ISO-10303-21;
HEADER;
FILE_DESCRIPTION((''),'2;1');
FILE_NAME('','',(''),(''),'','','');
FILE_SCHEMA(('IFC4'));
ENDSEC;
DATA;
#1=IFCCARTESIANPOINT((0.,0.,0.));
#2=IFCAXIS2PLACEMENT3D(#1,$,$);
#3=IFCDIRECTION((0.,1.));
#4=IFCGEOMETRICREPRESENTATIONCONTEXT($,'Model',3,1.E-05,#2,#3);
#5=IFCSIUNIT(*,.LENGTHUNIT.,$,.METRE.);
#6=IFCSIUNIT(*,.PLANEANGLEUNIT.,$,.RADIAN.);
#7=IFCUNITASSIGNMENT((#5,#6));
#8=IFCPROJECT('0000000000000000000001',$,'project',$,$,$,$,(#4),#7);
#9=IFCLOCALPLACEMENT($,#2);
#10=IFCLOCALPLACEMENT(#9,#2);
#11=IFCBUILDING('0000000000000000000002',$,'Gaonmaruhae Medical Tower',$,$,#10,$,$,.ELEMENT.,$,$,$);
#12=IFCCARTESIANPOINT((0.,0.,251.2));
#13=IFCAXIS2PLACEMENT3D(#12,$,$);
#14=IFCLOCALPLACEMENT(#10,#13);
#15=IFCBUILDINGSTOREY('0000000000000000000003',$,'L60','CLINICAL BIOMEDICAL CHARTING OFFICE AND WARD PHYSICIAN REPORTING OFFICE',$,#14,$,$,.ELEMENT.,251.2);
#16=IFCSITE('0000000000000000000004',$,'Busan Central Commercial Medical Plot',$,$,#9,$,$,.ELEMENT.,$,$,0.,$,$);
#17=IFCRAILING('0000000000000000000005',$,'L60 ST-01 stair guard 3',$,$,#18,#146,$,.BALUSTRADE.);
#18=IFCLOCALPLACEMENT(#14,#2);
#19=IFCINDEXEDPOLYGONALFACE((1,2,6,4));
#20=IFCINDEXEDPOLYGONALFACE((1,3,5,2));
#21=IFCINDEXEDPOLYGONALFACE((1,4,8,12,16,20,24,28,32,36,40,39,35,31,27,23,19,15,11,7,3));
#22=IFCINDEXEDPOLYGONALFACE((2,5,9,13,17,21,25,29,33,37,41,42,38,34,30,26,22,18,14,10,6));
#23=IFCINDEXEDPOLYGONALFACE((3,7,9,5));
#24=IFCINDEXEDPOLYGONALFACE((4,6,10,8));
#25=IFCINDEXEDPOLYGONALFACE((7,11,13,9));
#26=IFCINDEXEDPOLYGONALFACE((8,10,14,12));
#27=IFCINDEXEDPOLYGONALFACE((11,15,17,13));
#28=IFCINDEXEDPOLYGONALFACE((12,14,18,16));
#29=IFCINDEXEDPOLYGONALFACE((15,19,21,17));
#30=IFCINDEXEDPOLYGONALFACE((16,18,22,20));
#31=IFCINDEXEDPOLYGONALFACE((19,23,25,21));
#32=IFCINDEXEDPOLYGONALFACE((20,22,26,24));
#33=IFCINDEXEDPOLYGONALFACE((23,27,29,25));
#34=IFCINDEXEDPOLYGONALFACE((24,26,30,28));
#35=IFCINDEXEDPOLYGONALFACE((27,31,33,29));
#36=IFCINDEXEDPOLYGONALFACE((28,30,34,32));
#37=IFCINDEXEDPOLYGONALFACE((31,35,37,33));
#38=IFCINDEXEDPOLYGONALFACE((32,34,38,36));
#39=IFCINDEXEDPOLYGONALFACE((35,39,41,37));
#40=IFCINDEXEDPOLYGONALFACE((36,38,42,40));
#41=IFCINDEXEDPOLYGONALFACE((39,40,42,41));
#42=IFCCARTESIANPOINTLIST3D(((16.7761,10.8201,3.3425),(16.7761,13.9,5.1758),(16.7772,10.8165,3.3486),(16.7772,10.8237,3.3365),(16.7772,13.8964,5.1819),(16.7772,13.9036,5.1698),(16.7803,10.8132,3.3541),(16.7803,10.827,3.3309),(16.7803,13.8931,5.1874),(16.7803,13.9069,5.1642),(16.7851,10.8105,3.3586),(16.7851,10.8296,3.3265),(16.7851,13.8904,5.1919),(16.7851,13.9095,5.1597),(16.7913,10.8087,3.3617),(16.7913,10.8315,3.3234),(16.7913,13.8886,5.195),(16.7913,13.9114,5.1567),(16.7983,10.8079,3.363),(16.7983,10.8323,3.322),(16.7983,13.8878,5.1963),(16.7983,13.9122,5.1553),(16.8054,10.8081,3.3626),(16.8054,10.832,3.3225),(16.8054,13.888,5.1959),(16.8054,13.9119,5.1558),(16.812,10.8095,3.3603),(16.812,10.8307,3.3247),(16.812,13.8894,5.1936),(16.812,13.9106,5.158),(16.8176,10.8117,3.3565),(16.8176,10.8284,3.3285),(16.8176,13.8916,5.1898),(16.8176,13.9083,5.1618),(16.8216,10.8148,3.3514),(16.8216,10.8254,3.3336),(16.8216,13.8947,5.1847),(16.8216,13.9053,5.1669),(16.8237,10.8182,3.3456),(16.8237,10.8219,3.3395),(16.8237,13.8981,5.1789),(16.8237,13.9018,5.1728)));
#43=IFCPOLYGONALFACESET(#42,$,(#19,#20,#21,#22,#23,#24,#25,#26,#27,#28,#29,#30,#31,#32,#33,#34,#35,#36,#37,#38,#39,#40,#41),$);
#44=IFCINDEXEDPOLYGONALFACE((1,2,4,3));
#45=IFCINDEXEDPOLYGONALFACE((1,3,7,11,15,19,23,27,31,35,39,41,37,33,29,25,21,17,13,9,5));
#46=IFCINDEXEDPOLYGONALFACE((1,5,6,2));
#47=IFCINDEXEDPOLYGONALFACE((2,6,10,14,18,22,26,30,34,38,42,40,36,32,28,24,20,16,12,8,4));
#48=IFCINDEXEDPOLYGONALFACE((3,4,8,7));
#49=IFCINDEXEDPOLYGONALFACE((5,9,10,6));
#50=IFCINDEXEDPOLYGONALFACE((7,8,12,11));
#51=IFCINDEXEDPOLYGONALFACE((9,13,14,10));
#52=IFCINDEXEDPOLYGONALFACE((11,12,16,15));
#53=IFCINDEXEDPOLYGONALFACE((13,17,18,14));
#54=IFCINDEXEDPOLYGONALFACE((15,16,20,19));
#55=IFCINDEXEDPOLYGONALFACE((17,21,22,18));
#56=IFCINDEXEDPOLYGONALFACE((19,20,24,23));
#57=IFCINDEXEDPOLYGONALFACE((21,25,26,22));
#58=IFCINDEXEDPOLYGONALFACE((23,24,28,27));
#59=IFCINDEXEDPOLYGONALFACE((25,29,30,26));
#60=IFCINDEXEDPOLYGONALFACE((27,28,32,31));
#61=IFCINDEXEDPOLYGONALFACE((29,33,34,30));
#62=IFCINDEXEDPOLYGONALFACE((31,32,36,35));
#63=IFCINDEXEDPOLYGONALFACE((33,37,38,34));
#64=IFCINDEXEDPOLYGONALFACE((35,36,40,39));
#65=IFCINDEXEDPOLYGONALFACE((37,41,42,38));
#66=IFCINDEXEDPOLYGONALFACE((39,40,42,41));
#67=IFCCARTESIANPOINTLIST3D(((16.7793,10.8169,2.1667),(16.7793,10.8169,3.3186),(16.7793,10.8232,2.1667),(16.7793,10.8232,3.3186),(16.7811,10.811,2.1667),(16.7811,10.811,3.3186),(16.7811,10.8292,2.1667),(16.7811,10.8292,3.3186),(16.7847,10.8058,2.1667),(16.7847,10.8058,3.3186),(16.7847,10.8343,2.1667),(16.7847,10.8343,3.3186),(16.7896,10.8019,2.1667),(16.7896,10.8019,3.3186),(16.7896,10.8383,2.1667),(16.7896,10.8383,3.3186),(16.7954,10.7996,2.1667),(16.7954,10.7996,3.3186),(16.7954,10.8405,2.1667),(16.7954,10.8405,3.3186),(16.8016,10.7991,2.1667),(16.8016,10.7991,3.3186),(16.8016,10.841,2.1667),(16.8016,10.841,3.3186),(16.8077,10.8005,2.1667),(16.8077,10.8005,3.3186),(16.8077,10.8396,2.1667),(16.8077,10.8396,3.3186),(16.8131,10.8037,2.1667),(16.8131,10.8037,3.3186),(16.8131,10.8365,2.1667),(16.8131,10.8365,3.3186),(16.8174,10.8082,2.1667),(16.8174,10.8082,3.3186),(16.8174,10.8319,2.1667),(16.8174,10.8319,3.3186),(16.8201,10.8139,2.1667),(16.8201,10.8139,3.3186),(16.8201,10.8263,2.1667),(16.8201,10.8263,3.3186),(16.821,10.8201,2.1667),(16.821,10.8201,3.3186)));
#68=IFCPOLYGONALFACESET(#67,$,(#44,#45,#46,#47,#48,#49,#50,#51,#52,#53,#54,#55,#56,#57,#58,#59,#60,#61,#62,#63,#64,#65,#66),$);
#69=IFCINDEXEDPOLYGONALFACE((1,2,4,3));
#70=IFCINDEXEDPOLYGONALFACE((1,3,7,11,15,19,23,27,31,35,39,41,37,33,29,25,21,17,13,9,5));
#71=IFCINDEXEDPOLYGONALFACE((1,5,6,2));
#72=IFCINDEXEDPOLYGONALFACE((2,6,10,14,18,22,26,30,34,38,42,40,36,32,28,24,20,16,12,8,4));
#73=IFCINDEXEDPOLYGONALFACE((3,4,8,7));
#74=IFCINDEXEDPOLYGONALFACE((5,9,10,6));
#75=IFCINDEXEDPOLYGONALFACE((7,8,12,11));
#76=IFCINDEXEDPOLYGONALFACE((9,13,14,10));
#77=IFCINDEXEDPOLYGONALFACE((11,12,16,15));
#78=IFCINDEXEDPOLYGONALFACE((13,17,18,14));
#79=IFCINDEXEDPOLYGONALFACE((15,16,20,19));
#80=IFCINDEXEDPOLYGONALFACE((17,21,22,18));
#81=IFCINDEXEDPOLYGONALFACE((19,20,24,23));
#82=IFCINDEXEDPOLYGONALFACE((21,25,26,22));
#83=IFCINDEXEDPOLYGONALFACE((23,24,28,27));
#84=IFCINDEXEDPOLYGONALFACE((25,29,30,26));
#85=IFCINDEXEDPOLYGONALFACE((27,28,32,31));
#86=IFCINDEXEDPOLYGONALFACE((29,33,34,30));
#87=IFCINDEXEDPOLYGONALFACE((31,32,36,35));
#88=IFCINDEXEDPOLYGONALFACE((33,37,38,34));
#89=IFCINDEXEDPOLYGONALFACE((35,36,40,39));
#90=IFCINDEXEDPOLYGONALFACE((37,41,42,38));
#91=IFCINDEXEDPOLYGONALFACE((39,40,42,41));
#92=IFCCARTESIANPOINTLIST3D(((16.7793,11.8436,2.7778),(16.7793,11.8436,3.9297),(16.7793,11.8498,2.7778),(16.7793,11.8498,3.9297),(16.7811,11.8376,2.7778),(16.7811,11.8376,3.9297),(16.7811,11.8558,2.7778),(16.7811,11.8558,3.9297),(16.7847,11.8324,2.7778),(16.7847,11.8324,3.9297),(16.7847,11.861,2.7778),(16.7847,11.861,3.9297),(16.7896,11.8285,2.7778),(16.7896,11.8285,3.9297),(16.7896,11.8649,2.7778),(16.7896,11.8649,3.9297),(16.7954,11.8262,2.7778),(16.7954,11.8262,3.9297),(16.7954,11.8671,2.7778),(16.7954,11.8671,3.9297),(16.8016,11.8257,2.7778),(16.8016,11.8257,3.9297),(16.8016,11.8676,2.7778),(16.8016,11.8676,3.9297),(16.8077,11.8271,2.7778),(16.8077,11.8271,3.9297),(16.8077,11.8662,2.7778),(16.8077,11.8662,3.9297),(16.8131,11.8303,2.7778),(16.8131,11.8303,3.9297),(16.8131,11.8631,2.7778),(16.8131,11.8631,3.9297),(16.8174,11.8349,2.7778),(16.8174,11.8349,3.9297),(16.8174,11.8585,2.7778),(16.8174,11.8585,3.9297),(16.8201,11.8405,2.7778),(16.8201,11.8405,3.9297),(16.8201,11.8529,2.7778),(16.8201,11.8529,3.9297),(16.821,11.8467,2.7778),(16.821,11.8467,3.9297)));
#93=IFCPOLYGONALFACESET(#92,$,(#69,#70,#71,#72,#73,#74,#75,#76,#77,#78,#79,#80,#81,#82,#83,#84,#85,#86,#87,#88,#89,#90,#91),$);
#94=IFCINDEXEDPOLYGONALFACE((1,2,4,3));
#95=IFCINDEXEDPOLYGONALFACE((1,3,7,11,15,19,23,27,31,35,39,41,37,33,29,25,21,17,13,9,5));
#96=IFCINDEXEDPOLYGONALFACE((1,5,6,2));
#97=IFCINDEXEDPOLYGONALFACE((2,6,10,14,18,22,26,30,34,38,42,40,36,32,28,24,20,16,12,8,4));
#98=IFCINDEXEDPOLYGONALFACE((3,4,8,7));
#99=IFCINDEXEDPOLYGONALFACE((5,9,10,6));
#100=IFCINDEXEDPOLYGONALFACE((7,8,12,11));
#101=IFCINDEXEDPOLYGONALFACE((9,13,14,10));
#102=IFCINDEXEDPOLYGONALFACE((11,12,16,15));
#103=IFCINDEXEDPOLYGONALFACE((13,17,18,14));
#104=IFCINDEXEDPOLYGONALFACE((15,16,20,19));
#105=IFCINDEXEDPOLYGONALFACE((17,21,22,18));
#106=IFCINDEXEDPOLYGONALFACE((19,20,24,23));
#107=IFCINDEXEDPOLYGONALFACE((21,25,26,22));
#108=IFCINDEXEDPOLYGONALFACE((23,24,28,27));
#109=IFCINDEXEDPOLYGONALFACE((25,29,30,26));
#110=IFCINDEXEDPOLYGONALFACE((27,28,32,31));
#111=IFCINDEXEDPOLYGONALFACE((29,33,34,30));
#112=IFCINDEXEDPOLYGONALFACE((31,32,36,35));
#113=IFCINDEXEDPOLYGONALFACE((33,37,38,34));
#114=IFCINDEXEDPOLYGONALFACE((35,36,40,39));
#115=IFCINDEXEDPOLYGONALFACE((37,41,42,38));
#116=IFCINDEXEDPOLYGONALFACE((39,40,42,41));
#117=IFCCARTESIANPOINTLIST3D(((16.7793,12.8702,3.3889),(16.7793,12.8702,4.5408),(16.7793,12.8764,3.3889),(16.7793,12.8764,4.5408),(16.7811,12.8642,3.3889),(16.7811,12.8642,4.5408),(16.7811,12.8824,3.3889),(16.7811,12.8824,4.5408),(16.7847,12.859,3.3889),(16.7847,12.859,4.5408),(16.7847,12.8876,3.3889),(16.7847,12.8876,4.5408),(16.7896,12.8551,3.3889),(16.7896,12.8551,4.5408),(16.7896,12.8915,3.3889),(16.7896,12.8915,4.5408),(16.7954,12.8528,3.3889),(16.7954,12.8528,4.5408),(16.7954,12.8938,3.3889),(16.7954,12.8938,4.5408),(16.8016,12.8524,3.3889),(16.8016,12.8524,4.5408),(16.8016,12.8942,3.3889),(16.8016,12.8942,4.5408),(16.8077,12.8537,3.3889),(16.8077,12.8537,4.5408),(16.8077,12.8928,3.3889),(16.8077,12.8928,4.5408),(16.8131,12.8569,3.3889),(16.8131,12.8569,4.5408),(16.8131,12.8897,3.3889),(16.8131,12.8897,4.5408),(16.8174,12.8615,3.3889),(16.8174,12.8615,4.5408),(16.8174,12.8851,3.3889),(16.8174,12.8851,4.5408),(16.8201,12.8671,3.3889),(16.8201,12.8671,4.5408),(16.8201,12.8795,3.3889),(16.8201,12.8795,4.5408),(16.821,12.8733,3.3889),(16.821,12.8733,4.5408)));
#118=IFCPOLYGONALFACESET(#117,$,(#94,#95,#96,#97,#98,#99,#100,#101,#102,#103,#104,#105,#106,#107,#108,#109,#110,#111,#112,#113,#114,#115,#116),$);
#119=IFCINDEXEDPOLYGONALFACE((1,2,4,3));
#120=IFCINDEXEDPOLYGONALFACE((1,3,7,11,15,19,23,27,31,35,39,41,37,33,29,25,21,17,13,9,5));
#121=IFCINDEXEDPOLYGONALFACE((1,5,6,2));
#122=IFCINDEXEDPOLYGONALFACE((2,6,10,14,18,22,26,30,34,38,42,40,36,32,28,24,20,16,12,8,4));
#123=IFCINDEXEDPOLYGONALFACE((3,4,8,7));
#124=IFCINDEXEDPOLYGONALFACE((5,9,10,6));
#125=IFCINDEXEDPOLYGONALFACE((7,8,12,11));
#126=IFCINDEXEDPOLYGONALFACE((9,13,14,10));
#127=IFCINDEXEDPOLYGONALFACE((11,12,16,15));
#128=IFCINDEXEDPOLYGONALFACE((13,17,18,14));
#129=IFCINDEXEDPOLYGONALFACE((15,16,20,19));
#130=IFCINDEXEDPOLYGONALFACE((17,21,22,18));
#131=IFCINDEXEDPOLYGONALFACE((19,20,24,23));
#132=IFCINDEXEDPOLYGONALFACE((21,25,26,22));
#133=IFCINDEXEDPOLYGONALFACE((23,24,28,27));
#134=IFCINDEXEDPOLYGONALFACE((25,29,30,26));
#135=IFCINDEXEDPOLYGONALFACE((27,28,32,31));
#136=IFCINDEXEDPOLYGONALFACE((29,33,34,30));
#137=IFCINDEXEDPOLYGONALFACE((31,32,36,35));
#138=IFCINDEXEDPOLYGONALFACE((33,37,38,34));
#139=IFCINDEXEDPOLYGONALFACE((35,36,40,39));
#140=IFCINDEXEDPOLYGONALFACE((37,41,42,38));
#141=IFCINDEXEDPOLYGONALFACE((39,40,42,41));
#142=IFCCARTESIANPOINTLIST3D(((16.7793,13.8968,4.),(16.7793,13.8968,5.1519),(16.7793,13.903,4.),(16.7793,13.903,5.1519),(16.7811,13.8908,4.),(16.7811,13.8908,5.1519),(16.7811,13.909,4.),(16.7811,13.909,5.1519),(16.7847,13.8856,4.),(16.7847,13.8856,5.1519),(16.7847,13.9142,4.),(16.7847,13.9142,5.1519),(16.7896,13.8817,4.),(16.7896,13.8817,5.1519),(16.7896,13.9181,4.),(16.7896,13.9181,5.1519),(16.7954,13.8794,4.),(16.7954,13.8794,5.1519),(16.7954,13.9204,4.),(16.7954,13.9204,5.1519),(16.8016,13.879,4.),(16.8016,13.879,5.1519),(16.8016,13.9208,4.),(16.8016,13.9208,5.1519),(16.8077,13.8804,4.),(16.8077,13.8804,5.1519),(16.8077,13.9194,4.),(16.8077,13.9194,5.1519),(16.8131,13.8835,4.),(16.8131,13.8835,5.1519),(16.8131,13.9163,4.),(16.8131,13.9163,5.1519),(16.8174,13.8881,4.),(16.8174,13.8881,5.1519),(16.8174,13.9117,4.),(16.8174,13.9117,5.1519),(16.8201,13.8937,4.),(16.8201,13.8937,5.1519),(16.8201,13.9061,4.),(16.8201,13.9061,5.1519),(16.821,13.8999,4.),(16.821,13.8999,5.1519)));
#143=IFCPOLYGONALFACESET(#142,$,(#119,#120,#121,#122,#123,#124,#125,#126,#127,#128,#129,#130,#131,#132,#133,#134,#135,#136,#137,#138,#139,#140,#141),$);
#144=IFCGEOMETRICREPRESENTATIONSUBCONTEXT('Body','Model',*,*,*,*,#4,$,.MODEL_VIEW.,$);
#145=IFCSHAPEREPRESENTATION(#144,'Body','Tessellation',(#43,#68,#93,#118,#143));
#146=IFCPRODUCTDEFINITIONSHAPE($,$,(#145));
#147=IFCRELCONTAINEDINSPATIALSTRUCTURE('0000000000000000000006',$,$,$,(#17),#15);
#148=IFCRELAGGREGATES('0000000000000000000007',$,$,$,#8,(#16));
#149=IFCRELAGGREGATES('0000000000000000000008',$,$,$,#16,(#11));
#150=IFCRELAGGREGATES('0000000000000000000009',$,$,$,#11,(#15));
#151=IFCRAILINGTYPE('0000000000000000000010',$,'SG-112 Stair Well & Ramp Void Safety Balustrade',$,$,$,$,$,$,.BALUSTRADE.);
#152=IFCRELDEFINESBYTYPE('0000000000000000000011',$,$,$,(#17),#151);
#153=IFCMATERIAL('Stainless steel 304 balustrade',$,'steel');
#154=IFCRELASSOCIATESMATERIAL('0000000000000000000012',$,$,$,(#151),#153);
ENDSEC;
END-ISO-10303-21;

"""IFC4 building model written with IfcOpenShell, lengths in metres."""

from ifc_helpers import new_model, si_unit, direction, frame, origin, origin_2d, place, context, subcontext, project, spatial, circle, extrude, material, type_object, element, save


model = new_model("IFC4")

# Units and contexts
model_context = context("Model", 3, precision=1e-05, world=origin(), true_north=direction((0.0, 1.0)))
body_context = subcontext(model_context, "Body", "Model", "MODEL_VIEW")
ifc_project = project(units=[si_unit("LENGTHUNIT", "METRE"), si_unit("PLANEANGLEUNIT", "RADIAN")], contexts=[model_context])

# Site, building, storey
site_placement = place(None, origin())
site = spatial("IfcSite", under=ifc_project, at=site_placement, Name="Busan Central Commercial Medical Plot", CompositionType="ELEMENT", RefElevation=0.0)
building_placement = place(site_placement, origin())
building = spatial("IfcBuilding", under=site, at=building_placement, Name="Gaonmaruhae Medical Tower", CompositionType="ELEMENT")
storey_placement = place(building_placement, frame((0.0, 0.0, 251.2)))
storey = spatial("IfcBuildingStorey", under=building, at=storey_placement, Name="L60", Description="CLINICAL BIOMEDICAL CHARTING OFFICE AND WARD PHYSICIAN REPORTING OFFICE", CompositionType="ELEMENT", Elevation=251.2)

# Railing
ifc_material_1 = material(Name="Stainless steel 304 balustrade", Category="steel")
railing_type_1 = type_object("IfcRailingType", Name="SG-112 Stair Well & Ramp Void Safety Balustrade", PredefinedType="BALUSTRADE", material=ifc_material_1)
railing_1_placement = place(storey_placement, frame((16.8, 10.8201, 2.1667)))
element("IfcRailing", 1, at=railing_1_placement, inside=storey, type_object=railing_type_1, Name="L60 ST-01 stair guard 3", PredefinedType="BALUSTRADE", context=body_context, shape_type="SweptSolid", body=[
    extrude(circle(Radius=0.0239, at=origin_2d()), frame((0.0, 0.0, 1.1758), z_axis=(0.0, 0.859291, 0.511487), x_axis=(-1.0, 0.0, 0.0)), (0.0, 0.0, 1.0), 3.5842),
    extrude(circle(Radius=0.021, at=origin_2d()), origin(), (0.0, 0.0, 1.0), 1.1519),
    extrude(circle(Radius=0.021, at=origin_2d()), frame((0.0, 1.0266, 0.6111)), (0.0, 0.0, 1.0), 1.1519),
    extrude(circle(Radius=0.021, at=origin_2d()), frame((0.0, 2.0532, 1.2222)), (0.0, 0.0, 1.0), 1.1519),
    extrude(circle(Radius=0.021, at=origin_2d()), frame((0.0, 3.0798, 1.8333)), (0.0, 0.0, 1.0), 1.1519),
])

save(model, "model.ifc")
